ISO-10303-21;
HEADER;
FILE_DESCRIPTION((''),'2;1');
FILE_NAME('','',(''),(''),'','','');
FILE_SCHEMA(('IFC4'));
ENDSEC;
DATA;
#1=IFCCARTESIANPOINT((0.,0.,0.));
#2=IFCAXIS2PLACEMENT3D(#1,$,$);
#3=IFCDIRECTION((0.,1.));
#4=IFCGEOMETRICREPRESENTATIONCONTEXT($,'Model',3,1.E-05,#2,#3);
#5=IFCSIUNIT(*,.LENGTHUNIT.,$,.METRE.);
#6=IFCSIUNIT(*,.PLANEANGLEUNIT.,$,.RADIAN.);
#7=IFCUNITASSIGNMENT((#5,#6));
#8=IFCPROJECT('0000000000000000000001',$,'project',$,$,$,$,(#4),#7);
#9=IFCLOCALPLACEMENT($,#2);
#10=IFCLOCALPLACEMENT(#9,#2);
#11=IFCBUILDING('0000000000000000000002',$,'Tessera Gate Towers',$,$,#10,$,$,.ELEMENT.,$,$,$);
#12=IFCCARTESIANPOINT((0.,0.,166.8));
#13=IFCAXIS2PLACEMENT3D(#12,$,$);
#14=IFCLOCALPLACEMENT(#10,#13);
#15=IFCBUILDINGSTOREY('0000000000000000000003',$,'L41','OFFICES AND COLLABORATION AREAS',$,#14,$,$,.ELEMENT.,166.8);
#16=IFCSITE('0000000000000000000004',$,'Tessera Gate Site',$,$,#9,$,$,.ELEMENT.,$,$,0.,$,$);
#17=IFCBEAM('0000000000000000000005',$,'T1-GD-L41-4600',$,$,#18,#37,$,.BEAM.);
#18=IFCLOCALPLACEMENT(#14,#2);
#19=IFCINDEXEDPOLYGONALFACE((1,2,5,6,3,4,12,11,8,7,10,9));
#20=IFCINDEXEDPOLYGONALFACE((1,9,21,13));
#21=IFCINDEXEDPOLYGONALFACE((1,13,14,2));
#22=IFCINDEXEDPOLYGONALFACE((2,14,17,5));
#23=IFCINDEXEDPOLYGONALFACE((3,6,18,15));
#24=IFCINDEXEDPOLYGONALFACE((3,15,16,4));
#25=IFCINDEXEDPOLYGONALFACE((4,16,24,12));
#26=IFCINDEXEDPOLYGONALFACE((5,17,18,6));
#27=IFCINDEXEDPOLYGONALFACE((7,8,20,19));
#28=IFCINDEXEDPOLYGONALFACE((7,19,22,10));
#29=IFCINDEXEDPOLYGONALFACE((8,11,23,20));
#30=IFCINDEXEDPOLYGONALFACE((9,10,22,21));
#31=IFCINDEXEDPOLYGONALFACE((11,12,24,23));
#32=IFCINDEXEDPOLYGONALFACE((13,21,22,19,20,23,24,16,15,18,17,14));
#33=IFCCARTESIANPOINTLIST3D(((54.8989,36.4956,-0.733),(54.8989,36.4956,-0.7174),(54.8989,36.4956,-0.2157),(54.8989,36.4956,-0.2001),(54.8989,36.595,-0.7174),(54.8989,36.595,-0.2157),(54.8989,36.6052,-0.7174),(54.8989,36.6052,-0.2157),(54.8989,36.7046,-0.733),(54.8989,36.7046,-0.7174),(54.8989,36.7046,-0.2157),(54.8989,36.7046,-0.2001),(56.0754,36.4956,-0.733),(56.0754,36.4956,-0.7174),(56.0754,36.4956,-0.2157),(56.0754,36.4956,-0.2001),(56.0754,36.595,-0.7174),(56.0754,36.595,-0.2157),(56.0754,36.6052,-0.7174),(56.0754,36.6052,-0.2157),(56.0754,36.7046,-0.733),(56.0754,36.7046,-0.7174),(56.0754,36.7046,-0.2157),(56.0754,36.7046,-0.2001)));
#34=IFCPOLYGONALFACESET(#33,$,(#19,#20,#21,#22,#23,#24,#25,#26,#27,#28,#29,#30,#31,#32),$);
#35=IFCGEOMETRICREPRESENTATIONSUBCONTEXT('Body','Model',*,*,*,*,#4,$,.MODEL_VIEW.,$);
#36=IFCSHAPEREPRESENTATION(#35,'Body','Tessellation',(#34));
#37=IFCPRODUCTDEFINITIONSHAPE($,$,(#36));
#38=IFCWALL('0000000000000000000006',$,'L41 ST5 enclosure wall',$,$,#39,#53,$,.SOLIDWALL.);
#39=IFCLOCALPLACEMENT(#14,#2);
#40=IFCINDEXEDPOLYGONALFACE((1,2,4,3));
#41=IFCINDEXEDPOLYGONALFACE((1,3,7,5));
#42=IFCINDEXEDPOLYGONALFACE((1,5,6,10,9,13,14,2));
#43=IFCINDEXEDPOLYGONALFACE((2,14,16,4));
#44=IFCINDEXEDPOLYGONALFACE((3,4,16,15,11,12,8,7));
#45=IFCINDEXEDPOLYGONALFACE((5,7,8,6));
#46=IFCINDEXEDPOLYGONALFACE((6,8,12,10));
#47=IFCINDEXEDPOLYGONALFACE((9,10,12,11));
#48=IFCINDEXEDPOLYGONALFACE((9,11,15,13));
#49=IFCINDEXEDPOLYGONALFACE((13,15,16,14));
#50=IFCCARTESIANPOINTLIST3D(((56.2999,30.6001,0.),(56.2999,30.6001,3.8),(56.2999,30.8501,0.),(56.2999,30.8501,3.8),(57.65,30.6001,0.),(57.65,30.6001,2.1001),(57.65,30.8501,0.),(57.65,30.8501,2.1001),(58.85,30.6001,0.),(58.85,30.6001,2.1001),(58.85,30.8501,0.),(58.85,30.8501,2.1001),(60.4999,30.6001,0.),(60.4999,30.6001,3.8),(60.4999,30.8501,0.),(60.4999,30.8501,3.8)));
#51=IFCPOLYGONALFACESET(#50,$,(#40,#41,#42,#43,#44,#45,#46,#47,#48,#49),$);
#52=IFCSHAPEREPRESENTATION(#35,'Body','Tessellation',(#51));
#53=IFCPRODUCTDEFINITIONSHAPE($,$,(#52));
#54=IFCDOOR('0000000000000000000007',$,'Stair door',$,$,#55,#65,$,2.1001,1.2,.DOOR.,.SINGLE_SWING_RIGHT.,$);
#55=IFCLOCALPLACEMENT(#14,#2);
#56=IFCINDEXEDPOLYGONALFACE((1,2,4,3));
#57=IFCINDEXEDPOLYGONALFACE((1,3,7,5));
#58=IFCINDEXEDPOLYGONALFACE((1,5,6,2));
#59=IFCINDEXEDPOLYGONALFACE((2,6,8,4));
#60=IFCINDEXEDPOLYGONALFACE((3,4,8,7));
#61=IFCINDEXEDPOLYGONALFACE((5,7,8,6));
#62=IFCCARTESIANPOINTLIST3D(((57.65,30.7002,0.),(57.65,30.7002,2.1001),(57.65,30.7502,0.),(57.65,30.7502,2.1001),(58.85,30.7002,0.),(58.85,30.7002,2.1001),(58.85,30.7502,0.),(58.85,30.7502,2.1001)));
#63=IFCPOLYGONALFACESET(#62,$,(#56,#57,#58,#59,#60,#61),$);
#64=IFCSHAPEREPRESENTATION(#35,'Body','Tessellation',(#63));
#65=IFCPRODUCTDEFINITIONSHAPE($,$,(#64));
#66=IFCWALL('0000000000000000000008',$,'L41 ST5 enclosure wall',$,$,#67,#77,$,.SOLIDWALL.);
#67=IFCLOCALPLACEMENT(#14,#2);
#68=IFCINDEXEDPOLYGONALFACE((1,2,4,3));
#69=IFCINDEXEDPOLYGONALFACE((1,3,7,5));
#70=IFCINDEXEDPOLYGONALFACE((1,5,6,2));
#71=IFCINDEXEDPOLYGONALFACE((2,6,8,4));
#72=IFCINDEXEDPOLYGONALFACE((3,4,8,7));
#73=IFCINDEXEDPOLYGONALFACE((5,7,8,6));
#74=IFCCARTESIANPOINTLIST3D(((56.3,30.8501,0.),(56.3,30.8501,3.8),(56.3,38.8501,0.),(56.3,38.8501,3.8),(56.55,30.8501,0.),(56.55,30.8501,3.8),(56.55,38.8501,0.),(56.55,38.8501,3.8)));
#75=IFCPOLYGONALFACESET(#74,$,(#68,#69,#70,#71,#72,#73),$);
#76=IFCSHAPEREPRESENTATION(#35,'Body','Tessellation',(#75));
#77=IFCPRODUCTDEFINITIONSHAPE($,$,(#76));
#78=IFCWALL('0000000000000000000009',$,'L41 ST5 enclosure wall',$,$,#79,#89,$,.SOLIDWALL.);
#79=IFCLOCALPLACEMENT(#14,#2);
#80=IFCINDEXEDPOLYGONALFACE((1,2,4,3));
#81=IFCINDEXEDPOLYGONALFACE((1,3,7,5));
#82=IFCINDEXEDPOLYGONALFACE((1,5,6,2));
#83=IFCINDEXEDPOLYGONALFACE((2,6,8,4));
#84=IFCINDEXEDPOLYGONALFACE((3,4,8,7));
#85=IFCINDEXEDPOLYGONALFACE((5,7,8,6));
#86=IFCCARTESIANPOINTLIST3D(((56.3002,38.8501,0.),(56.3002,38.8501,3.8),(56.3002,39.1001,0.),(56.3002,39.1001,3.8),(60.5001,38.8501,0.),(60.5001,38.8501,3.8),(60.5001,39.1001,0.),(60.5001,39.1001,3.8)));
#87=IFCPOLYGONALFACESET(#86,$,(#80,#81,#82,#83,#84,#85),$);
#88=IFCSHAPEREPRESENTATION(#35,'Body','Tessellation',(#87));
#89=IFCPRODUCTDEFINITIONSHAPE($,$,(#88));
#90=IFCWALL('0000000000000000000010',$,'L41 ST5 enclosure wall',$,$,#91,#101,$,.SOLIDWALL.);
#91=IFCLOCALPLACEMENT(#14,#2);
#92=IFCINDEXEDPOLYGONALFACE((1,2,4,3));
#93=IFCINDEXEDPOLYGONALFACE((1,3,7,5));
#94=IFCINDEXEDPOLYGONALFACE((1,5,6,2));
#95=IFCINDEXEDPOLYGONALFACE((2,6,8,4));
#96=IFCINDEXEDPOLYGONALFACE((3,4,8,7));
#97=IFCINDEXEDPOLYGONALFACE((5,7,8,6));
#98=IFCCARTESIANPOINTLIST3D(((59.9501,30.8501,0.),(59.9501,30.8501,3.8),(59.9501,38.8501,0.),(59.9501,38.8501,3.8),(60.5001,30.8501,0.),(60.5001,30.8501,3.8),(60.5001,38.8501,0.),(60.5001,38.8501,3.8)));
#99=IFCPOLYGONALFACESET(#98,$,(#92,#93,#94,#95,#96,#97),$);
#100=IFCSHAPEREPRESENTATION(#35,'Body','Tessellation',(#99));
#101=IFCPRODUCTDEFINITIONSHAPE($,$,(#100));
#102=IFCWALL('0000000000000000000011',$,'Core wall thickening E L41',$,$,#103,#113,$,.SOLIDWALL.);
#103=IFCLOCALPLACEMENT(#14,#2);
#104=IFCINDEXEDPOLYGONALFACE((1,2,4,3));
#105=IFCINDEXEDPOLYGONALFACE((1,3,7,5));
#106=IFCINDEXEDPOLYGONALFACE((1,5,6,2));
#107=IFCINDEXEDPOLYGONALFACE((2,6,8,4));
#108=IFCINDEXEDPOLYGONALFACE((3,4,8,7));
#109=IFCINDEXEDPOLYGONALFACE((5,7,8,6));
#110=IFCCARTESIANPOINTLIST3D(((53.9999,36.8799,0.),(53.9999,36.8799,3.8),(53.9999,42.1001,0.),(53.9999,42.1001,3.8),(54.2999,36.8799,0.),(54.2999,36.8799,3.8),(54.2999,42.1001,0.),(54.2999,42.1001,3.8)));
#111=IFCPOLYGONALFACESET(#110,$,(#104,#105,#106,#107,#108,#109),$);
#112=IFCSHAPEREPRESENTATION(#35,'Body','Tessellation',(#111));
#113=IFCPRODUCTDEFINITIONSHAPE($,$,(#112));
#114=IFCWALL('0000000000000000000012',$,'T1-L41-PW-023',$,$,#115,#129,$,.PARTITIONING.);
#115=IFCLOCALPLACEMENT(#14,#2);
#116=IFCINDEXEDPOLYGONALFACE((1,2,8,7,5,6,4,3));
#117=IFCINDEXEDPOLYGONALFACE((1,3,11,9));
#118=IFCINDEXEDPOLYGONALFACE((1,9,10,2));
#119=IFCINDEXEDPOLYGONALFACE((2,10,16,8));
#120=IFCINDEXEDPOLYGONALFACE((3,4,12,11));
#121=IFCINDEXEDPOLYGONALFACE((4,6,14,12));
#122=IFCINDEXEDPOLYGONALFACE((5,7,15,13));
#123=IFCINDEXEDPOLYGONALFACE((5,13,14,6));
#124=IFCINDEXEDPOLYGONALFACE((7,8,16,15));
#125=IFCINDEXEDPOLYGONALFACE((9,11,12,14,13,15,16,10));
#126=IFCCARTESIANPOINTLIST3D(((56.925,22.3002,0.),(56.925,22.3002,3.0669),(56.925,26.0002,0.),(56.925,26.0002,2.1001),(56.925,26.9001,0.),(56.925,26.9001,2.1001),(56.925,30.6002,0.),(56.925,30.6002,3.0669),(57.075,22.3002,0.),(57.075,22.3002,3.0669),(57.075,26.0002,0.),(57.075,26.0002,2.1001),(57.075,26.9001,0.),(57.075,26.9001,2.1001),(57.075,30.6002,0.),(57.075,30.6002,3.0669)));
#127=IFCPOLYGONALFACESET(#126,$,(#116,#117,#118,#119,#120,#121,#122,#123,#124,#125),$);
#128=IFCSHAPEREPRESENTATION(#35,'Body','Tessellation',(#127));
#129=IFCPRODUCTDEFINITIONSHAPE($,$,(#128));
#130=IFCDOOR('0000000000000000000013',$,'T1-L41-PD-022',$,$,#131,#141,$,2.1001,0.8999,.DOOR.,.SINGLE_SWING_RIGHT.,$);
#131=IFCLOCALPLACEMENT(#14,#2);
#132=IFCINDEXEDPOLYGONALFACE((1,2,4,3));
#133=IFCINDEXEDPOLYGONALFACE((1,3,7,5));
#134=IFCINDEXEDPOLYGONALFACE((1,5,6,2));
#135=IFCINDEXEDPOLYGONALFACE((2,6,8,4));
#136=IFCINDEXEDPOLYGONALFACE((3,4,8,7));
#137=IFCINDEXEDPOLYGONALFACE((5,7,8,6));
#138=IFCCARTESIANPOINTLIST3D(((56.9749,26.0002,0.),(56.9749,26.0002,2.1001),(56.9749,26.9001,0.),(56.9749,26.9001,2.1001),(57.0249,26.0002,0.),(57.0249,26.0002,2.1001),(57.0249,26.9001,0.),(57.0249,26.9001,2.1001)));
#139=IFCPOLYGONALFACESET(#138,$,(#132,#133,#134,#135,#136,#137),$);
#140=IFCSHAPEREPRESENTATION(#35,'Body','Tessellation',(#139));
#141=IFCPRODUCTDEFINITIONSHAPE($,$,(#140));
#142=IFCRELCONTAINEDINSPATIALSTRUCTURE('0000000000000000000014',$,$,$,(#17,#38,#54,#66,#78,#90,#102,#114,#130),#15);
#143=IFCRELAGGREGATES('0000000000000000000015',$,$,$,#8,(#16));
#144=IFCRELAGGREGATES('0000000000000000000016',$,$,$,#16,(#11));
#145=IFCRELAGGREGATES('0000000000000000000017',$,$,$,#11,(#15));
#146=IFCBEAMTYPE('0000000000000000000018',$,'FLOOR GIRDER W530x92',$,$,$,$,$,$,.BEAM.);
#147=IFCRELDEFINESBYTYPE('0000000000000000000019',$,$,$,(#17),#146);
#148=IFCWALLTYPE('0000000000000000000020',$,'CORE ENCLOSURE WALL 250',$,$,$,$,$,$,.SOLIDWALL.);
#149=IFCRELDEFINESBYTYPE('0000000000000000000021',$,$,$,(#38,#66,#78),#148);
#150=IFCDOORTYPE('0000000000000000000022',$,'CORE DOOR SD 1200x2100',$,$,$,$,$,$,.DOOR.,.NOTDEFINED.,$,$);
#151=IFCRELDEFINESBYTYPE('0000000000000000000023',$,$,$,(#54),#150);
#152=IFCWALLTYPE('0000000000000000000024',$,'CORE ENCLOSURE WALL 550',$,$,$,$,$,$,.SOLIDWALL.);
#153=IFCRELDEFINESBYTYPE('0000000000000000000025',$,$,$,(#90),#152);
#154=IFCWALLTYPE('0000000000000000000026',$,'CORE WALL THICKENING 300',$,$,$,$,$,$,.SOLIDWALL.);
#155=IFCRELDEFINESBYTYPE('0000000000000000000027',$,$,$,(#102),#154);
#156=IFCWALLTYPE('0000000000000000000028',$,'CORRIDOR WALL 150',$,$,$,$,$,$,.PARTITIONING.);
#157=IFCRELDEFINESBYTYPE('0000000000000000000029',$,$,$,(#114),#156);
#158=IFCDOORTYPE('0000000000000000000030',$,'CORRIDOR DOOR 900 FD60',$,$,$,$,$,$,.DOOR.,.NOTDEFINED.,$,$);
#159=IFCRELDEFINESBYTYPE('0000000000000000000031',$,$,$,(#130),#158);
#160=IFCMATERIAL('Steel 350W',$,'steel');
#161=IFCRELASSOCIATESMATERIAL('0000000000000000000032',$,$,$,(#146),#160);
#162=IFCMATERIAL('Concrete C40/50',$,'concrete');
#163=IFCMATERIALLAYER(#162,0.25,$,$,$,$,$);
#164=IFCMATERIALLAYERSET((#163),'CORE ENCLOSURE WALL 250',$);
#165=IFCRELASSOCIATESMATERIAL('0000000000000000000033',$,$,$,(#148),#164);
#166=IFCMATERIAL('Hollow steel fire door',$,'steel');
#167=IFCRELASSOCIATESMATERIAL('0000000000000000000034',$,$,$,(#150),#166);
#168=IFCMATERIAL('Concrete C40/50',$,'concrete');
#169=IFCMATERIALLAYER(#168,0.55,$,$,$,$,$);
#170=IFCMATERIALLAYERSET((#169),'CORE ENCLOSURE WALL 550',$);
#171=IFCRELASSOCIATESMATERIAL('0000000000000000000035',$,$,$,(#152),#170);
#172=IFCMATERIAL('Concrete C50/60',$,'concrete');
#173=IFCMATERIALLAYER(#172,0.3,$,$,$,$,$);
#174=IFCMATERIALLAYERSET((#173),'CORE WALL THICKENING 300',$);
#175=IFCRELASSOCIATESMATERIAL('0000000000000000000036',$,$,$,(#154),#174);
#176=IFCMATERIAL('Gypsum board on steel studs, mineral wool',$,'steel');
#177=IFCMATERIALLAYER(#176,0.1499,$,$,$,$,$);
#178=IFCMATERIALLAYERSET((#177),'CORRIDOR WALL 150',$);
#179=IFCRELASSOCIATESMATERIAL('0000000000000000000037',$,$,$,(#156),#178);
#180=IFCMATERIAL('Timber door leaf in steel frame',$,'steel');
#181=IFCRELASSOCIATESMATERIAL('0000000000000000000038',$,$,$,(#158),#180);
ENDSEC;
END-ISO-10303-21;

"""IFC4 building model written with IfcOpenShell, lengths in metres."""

from ifc_helpers import new_model, si_unit, direction, frame, frame_2d, origin, origin_2d, place, context, subcontext, project, spatial, rectangle, i_section, extrude, source, transform, mapped, material, layer, layer_set, material_profile, profile_set, type_object, element, fill, save


model = new_model("IFC4")

# Units and contexts
model_context = context("Model", 3, precision=1e-05, world=origin(), true_north=direction((0.0, 1.0)))
body_context = subcontext(model_context, "Body", "Model", "MODEL_VIEW")
ifc_project = project(units=[si_unit("LENGTHUNIT", "METRE"), si_unit("PLANEANGLEUNIT", "RADIAN")], contexts=[model_context])

# Site, building, storey
site_placement = place(None, origin())
site = spatial("IfcSite", under=ifc_project, at=site_placement, Name="Tessera Gate Site", CompositionType="ELEMENT", RefElevation=0.0)
building_placement = place(site_placement, origin())
building = spatial("IfcBuilding", under=site, at=building_placement, Name="Tessera Gate Towers", CompositionType="ELEMENT")
storey_placement = place(building_placement, frame((0.0, 0.0, 166.8)))
storey = spatial("IfcBuildingStorey", under=building, at=storey_placement, Name="L41", Description="OFFICES AND COLLABORATION AREAS", CompositionType="ELEMENT", Elevation=166.8)

# Beam
ifc_material_1 = material(Name="Steel 350W", Category="steel")
ifc_material_profile = material_profile(ifc_material_1, i_section(OverallWidth=0.209, OverallDepth=0.533, WebThickness=0.0103, FlangeThickness=0.0156, at=origin_2d()), Name="W530x92")
ifc_profile_set = profile_set([ifc_material_profile], Name="Steel 350W")
beam_type = type_object("IfcBeamType", Name="FLOOR GIRDER W530x92", PredefinedType="BEAM", material=ifc_profile_set)
beam_placement = place(storey_placement, frame((54.8989, 36.6001, -0.4666), z_axis=(1.0, 0.0, 0.0), x_axis=(0.0, 1.0, 0.0)))
element("IfcBeam", 1, at=beam_placement, inside=storey, type_object=beam_type, Name="T1-GD-L41-4600", PredefinedType="BEAM", context=body_context, shape_type="SweptSolid", body=[
    extrude(i_section(OverallWidth=0.209, OverallDepth=0.533, WebThickness=0.0103, FlangeThickness=0.0156, at=origin_2d()), origin(), (0.0, 0.0, 1.0), 1.1765),
])

# Wall, opening, door
ifc_material_2 = material(Name="Concrete C40/50", Category="concrete")
ifc_layer_1 = layer(ifc_material_2, 0.25)
ifc_layer_set_1 = layer_set([ifc_layer_1], Name="CORE ENCLOSURE WALL 250")
wall_type_1 = type_object("IfcWallType", Name="CORE ENCLOSURE WALL 250", PredefinedType="SOLIDWALL", material=ifc_layer_set_1)
wall_1_placement = place(storey_placement, frame((60.5, 30.7251, 0.0), z_axis=(0.0, 0.0, 1.0), x_axis=(-1.0, 0.0, 0.0)))
wall_1 = element("IfcWall", 2, at=wall_1_placement, inside=storey, type_object=wall_type_1, Name="L41 ST5 enclosure wall", PredefinedType="SOLIDWALL", context=body_context, shape_type="SweptSolid", body=[
    extrude(rectangle(XDim=4.2, YDim=0.25, at=frame_2d((2.1001, 0.0))), origin(), (0.0, 0.0, 1.0), 3.8),
])
shared_shape_1 = source(origin(), body_context, "Body", "SweptSolid", [
    extrude(rectangle(XDim=1.2, YDim=2.1001, at=frame_2d((0.6001, 1.05))), frame((0.0, 0.135, 0.0), z_axis=(0.0, -1.0, 0.0), x_axis=(1.0, 0.0, 0.0)), (0.0, 0.0, 1.0), 0.27),
])
opening_1_placement = place(wall_1_placement, frame((1.6499, 0.0, 0.0)))
opening_1 = element("IfcOpeningElement", 3, at=opening_1_placement, cuts=wall_1, PredefinedType="OPENING", context=body_context, shape_type="MappedRepresentation", body=[
    mapped(shared_shape_1, transform((0.0, 0.0, 0.0), scale=1.0)),
])
ifc_material_3 = material(Name="Hollow steel fire door", Category="steel")
door_type_1 = type_object("IfcDoorType", Name="CORE DOOR SD 1200x2100", OperationType="NOTDEFINED", PredefinedType="DOOR", material=ifc_material_3)
shared_shape_2 = source(origin(), body_context, "Body", "SweptSolid", [
    extrude(rectangle(XDim=1.2, YDim=2.1001, at=frame_2d((0.6001, 1.05))), frame((0.0, 0.0249, 0.0), z_axis=(0.0, -1.0, 0.0), x_axis=(1.0, 0.0, 0.0)), (0.0, 0.0, 1.0), 0.05),
])
door_1_placement = place(opening_1_placement, origin())
door_1 = element("IfcDoor", 4, at=door_1_placement, inside=storey, type_object=door_type_1, Name="Stair door", OperationType="SINGLE_SWING_RIGHT", OverallHeight=2.1001, OverallWidth=1.2, PredefinedType="DOOR", context=body_context, shape_type="MappedRepresentation", body=[
    mapped(shared_shape_2, transform((0.0, 0.0, 0.0), scale=1.0)),
])
fill(opening_1, door_1)

# Walls
wall_2_placement = place(storey_placement, frame((56.425, 30.8501, 0.0), z_axis=(0.0, 0.0, 1.0), x_axis=(0.0, 1.0, 0.0)))
element("IfcWall", 5, at=wall_2_placement, inside=storey, type_object=wall_type_1, Name="L41 ST5 enclosure wall", PredefinedType="SOLIDWALL", context=body_context, shape_type="SweptSolid", body=[
    extrude(rectangle(XDim=8.0, YDim=0.25, at=frame_2d((4.0, 0.0))), origin(), (0.0, 0.0, 1.0), 3.8),
])
wall_3_placement = place(storey_placement, frame((56.3, 38.9751, 0.0), z_axis=(0.0, 0.0, 1.0), x_axis=(1.0, 0.0, 0.0)))
element("IfcWall", 6, at=wall_3_placement, inside=storey, type_object=wall_type_1, Name="L41 ST5 enclosure wall", PredefinedType="SOLIDWALL", context=body_context, shape_type="SweptSolid", body=[
    extrude(rectangle(XDim=4.2, YDim=0.25, at=frame_2d((2.1001, 0.0))), origin(), (0.0, 0.0, 1.0), 3.8),
])
ifc_material_4 = material(Name="Concrete C40/50", Category="concrete")
ifc_layer_2 = layer(ifc_material_4, 0.55)
ifc_layer_set_2 = layer_set([ifc_layer_2], Name="CORE ENCLOSURE WALL 550")
wall_type_2 = type_object("IfcWallType", Name="CORE ENCLOSURE WALL 550", PredefinedType="SOLIDWALL", material=ifc_layer_set_2)
wall_4_placement = place(storey_placement, frame((60.2251, 38.8501, 0.0), z_axis=(0.0, 0.0, 1.0), x_axis=(0.0, -1.0, 0.0)))
element("IfcWall", 7, at=wall_4_placement, inside=storey, type_object=wall_type_2, Name="L41 ST5 enclosure wall", PredefinedType="SOLIDWALL", context=body_context, shape_type="SweptSolid", body=[
    extrude(rectangle(XDim=8.0, YDim=0.55, at=frame_2d((4.0, 0.0))), origin(), (0.0, 0.0, 1.0), 3.8),
])
ifc_material_5 = material(Name="Concrete C50/60", Category="concrete")
ifc_layer_3 = layer(ifc_material_5, 0.3)
ifc_layer_set_3 = layer_set([ifc_layer_3], Name="CORE WALL THICKENING 300")
wall_type_3 = type_object("IfcWallType", Name="CORE WALL THICKENING 300", PredefinedType="SOLIDWALL", material=ifc_layer_set_3)
wall_5_placement = place(storey_placement, frame((54.1499, 36.8799, 0.0), z_axis=(0.0, 0.0, 1.0), x_axis=(0.0, 1.0, 0.0)))
element("IfcWall", 8, at=wall_5_placement, inside=storey, type_object=wall_type_3, Name="Core wall thickening E L41", PredefinedType="SOLIDWALL", context=body_context, shape_type="SweptSolid", body=[
    extrude(rectangle(XDim=5.2202, YDim=0.3, at=frame_2d((2.6101, 0.0))), origin(), (0.0, 0.0, 1.0), 3.8),
])

# Wall, opening, door
ifc_material_6 = material(Name="Gypsum board on steel studs, mineral wool", Category="steel")
ifc_layer_4 = layer(ifc_material_6, 0.1499)
ifc_layer_set_4 = layer_set([ifc_layer_4], Name="CORRIDOR WALL 150")
wall_type_4 = type_object("IfcWallType", Name="CORRIDOR WALL 150", PredefinedType="PARTITIONING", material=ifc_layer_set_4)
wall_6_placement = place(storey_placement, frame((57.0, 30.6001, 0.0), z_axis=(0.0, 0.0, 1.0), x_axis=(0.0, -1.0, 0.0)))
wall_6 = element("IfcWall", 9, at=wall_6_placement, inside=storey, type_object=wall_type_4, Name="T1-L41-PW-023", PredefinedType="PARTITIONING", context=body_context, shape_type="SweptSolid", body=[
    extrude(rectangle(XDim=8.3, YDim=0.1499, at=frame_2d((4.1499, 0.0))), origin(), (0.0, 0.0, 1.0), 3.0669),
])
shared_shape_3 = source(origin(), body_context, "Body", "SweptSolid", [
    extrude(rectangle(XDim=0.8999, YDim=2.1001, at=frame_2d((0.45, 1.05))), frame((0.0, 0.085, 0.0), z_axis=(0.0, -1.0, 0.0), x_axis=(1.0, 0.0, 0.0)), (0.0, 0.0, 1.0), 0.1699),
])
opening_2_placement = place(wall_6_placement, frame((3.7, 0.0, 0.0)))
opening_2 = element("IfcOpeningElement", 10, at=opening_2_placement, cuts=wall_6, PredefinedType="OPENING", context=body_context, shape_type="MappedRepresentation", body=[
    mapped(shared_shape_3, transform((0.0, 0.0, 0.0), scale=1.0)),
])
ifc_material_7 = material(Name="Timber door leaf in steel frame", Category="steel")
door_type_2 = type_object("IfcDoorType", Name="CORRIDOR DOOR 900 FD60", OperationType="NOTDEFINED", PredefinedType="DOOR", material=ifc_material_7)
shared_shape_4 = source(origin(), body_context, "Body", "SweptSolid", [
    extrude(rectangle(XDim=0.8999, YDim=2.1001, at=frame_2d((0.45, 1.05))), frame((0.0, 0.0249, 0.0), z_axis=(0.0, -1.0, 0.0), x_axis=(1.0, 0.0, 0.0)), (0.0, 0.0, 1.0), 0.05),
])
door_2_placement = place(opening_2_placement, origin())
door_2 = element("IfcDoor", 11, at=door_2_placement, inside=storey, type_object=door_type_2, Name="T1-L41-PD-022", OperationType="SINGLE_SWING_RIGHT", OverallHeight=2.1001, OverallWidth=0.8999, PredefinedType="DOOR", context=body_context, shape_type="MappedRepresentation", body=[
    mapped(shared_shape_4, transform((0.0, 0.0, 0.0), scale=1.0)),
])
fill(opening_2, door_2)

save(model, "model.ifc")
